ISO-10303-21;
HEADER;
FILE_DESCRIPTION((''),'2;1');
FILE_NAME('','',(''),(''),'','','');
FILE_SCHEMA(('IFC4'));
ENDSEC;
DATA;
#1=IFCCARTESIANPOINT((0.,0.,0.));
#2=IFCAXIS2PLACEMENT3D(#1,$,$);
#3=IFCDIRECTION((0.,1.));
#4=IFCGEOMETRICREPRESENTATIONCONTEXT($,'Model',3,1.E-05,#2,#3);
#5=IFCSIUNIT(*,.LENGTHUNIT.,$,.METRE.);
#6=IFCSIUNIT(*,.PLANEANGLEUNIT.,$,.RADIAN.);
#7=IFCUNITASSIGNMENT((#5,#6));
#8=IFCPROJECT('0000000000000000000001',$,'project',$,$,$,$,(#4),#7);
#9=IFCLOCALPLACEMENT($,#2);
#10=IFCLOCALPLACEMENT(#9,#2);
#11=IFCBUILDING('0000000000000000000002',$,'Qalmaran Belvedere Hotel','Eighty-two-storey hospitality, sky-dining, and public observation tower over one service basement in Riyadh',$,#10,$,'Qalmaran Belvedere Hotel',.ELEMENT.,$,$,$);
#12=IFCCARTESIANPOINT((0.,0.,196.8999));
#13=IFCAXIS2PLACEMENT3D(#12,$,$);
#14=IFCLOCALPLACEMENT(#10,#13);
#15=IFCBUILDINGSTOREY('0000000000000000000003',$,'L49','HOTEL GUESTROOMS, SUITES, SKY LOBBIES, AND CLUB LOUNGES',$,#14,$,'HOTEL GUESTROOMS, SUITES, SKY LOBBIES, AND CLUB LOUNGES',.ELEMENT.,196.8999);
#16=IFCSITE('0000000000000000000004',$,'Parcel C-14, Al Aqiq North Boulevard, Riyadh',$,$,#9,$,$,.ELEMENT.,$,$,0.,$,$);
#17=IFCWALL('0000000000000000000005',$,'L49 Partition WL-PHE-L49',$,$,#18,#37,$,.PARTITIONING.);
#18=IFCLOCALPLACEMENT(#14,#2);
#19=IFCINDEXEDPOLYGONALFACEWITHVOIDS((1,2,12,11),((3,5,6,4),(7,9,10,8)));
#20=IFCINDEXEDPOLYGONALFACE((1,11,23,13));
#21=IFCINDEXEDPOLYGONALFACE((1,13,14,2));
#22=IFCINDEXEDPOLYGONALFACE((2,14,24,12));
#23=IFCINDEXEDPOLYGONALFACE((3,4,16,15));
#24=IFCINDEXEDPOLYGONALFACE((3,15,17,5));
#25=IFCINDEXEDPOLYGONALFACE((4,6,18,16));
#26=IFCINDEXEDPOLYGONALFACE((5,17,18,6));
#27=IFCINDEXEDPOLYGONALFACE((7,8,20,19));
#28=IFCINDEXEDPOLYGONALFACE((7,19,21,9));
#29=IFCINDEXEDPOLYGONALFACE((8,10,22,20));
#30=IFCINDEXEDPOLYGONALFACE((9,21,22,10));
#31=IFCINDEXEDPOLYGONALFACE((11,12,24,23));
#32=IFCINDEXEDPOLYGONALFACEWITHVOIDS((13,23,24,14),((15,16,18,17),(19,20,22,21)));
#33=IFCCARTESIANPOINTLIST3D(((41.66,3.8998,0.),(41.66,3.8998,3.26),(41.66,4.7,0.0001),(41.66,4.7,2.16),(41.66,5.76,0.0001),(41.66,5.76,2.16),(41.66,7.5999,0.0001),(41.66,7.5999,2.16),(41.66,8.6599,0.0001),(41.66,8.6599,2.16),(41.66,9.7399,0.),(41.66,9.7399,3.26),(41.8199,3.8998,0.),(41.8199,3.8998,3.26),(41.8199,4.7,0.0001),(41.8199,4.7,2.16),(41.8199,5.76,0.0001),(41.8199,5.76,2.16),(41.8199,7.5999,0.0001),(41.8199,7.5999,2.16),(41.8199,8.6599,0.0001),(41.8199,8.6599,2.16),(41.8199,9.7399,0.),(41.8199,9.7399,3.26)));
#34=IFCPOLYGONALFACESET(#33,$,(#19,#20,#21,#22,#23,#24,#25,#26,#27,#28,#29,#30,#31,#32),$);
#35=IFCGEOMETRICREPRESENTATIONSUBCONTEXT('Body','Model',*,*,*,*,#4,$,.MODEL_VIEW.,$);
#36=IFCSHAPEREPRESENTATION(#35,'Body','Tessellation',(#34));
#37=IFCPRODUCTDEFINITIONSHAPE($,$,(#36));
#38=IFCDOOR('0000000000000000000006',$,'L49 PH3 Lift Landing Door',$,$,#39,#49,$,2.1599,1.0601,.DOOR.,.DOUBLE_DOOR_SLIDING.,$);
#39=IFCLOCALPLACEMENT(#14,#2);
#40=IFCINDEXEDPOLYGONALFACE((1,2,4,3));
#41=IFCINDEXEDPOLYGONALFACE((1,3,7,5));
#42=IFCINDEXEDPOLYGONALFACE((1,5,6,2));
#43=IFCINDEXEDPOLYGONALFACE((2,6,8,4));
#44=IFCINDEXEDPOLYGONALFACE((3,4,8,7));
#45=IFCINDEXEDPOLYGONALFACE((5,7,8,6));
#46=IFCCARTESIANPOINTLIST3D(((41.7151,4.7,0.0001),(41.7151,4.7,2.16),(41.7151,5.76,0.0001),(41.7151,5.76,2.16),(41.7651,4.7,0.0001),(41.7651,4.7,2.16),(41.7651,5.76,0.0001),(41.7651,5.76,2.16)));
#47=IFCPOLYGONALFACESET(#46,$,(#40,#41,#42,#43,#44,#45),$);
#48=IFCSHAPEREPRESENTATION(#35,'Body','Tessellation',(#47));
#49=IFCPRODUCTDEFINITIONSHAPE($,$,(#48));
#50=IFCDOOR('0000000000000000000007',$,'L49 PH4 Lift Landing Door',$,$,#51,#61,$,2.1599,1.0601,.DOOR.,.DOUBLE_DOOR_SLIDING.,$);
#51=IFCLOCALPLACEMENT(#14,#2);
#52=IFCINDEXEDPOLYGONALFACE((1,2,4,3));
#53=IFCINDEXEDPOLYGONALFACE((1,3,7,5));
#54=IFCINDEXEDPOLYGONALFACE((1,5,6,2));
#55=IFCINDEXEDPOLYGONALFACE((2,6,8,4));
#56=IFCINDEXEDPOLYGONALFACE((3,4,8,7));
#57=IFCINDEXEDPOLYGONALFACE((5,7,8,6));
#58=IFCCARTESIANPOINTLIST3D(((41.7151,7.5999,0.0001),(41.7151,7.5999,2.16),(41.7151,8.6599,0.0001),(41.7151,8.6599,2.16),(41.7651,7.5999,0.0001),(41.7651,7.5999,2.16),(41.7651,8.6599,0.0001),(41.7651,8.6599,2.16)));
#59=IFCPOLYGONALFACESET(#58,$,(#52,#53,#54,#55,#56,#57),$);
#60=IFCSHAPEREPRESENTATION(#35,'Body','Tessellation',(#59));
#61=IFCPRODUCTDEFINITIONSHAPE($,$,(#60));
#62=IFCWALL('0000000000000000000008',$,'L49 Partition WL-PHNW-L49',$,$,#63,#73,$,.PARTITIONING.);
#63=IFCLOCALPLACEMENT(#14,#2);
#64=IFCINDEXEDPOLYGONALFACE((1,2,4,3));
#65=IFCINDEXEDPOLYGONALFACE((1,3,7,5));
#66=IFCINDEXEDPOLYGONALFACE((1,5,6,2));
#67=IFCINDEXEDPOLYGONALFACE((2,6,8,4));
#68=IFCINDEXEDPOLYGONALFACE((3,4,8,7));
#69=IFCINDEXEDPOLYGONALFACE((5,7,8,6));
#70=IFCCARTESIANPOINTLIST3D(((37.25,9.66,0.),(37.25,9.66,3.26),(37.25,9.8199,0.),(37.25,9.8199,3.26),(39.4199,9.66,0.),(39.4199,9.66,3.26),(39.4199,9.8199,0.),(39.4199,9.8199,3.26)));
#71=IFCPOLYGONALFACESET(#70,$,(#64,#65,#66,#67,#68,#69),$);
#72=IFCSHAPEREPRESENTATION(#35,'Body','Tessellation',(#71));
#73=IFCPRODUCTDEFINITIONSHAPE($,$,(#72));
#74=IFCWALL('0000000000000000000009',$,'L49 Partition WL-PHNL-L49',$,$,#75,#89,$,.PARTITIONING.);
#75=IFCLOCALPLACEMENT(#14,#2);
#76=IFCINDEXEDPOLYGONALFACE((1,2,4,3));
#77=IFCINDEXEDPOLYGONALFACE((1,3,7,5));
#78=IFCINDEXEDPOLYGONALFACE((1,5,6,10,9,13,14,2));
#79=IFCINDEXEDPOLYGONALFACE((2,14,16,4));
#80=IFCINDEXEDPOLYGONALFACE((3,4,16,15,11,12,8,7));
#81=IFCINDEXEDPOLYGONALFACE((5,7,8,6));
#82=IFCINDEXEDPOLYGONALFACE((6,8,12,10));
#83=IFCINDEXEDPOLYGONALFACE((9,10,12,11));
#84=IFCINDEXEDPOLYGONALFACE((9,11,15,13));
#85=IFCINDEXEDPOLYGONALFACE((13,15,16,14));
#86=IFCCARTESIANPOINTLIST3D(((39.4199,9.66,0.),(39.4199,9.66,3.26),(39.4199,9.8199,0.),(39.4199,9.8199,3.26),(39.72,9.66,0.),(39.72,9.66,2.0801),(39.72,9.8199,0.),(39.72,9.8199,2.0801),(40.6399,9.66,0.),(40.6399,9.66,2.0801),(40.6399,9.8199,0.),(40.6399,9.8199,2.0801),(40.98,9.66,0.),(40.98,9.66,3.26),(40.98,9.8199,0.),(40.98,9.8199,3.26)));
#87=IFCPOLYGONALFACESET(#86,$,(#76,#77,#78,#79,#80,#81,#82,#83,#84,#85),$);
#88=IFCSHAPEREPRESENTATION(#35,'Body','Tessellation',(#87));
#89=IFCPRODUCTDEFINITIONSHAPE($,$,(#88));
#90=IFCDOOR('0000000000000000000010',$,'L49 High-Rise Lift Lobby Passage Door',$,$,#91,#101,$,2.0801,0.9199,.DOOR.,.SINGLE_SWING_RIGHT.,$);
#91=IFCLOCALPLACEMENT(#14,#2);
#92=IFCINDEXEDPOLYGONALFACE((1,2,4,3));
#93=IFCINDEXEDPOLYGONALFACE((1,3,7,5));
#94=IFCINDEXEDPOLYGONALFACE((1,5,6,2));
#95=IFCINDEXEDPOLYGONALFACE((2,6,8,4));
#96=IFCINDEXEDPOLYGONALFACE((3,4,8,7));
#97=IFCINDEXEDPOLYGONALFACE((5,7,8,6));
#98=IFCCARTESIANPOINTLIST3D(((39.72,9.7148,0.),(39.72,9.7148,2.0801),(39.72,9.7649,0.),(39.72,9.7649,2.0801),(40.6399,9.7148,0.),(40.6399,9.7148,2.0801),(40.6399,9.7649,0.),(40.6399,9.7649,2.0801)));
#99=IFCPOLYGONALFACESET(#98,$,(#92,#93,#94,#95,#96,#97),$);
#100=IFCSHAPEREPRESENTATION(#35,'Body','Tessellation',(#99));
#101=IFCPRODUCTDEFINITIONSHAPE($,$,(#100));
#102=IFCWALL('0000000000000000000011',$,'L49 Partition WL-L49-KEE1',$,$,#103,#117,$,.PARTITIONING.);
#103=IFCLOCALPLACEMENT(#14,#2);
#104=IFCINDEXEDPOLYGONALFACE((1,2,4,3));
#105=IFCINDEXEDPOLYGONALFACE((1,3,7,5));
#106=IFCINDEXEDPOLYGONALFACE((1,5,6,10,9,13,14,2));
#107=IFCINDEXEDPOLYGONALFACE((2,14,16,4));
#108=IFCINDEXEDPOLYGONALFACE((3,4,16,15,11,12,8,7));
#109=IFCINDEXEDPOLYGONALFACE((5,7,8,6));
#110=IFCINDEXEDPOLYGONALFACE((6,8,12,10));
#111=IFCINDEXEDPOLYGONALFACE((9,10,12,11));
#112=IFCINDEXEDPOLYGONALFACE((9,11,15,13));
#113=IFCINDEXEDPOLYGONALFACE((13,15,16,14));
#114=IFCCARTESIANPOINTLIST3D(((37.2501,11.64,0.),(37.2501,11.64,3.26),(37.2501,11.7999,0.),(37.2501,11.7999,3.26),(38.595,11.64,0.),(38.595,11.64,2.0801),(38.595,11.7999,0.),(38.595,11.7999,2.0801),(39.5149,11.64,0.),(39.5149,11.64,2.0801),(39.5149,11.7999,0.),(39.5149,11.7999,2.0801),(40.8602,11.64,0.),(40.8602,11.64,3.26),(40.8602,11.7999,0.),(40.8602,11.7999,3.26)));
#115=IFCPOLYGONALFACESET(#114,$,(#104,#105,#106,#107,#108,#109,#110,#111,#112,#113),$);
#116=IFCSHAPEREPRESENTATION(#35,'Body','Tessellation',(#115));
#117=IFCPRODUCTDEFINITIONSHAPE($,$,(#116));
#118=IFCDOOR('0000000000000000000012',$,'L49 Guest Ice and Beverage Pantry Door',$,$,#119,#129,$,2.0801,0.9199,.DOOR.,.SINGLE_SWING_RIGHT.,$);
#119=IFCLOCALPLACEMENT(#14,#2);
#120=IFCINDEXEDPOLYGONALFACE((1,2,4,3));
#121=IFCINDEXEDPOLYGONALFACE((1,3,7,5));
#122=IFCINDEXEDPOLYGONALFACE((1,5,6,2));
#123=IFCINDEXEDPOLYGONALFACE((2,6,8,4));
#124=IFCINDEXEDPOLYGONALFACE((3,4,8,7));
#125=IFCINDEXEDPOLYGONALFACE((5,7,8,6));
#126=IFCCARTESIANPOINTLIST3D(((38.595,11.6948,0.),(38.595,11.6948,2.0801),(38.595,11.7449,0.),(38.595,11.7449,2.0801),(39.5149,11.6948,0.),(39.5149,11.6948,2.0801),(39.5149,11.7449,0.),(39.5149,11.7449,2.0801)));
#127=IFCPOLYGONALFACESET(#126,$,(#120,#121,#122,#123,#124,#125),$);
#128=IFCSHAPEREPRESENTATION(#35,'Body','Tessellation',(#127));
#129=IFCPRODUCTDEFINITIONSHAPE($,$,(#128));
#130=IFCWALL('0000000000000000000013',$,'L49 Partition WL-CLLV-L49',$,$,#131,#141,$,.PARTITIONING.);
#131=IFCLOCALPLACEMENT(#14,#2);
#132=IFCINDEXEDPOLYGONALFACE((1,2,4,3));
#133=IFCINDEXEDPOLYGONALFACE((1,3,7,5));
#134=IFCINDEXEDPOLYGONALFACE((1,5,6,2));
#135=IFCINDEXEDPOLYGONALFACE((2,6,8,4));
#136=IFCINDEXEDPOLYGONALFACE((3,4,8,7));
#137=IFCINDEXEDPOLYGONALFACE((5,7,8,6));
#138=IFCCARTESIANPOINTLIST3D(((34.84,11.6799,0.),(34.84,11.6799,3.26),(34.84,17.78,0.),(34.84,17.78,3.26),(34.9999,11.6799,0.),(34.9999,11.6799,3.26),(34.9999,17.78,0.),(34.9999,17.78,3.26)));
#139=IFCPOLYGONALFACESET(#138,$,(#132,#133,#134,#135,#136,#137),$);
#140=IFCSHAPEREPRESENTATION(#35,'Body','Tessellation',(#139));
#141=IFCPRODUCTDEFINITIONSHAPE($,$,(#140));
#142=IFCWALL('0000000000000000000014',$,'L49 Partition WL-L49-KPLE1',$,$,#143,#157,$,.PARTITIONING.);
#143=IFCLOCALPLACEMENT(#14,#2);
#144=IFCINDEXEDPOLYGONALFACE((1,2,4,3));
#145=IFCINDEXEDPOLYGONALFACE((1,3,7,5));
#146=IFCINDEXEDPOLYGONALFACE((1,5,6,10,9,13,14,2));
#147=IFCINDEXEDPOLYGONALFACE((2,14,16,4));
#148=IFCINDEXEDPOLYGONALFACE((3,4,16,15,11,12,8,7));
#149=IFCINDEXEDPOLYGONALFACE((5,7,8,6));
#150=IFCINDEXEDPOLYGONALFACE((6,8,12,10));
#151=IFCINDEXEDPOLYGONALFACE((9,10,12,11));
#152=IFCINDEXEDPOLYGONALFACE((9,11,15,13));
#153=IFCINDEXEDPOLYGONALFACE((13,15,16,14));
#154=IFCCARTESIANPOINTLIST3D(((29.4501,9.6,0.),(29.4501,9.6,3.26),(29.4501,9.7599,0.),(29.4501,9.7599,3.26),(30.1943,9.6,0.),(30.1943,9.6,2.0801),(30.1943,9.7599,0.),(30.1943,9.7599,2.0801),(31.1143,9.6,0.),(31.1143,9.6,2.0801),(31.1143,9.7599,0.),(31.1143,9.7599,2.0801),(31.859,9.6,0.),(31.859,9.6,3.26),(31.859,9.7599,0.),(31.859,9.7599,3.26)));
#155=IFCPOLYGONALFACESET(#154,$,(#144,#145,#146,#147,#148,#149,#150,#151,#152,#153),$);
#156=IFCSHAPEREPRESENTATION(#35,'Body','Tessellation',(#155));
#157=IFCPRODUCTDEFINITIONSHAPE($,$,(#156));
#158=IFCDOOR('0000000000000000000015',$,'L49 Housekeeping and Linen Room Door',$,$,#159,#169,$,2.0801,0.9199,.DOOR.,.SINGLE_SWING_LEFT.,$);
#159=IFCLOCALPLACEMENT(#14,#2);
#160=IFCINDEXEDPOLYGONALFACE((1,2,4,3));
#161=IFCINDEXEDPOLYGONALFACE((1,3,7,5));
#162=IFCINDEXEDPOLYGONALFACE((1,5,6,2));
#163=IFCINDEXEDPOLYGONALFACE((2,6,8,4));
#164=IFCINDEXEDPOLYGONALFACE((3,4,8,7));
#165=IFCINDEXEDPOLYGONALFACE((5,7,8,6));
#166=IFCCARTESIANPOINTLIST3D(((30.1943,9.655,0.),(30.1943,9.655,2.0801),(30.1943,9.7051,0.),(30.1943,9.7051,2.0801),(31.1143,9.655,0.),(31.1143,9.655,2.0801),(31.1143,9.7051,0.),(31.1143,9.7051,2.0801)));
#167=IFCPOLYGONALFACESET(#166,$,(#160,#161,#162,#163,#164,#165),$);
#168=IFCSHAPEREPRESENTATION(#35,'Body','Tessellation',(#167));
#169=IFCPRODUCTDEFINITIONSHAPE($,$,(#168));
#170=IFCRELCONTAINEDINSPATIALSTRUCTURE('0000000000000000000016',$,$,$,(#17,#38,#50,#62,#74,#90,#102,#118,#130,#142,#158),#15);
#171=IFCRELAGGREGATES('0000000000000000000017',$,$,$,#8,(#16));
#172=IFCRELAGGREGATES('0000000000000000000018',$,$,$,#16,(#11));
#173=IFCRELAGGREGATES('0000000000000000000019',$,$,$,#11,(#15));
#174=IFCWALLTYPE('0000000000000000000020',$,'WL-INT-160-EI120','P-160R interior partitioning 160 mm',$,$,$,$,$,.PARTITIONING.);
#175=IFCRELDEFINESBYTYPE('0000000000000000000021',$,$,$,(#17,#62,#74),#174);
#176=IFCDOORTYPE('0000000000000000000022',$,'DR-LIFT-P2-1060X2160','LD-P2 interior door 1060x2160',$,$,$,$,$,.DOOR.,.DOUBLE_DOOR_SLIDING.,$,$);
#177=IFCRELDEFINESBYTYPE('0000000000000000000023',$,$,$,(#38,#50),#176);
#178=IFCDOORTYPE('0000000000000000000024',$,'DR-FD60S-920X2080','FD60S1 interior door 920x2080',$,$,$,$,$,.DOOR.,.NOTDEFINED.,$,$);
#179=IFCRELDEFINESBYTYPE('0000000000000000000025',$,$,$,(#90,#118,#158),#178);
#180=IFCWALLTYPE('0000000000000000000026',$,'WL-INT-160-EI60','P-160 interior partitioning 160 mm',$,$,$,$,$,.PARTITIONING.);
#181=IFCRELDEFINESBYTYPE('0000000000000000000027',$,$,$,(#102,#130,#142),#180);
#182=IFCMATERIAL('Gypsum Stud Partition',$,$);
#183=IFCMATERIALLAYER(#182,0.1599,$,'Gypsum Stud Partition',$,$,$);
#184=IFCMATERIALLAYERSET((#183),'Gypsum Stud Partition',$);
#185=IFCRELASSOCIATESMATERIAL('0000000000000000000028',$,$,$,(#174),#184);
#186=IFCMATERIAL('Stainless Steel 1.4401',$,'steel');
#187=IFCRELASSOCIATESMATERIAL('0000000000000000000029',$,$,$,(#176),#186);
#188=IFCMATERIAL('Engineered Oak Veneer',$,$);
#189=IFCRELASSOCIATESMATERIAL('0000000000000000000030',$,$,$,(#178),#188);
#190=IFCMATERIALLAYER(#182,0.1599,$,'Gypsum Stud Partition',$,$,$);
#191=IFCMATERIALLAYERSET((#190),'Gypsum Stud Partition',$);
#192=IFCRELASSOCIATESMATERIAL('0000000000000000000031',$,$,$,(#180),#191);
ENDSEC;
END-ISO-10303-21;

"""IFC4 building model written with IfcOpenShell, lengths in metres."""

from ifc_helpers import new_model, si_unit, direction, frame, frame_2d, origin, place, context, subcontext, project, spatial, rectangle, extrude, material, layer, layer_set, type_object, element, fill, save


model = new_model("IFC4")

# Units and contexts
model_context = context("Model", 3, precision=1e-05, world=origin(), true_north=direction((0.0, 1.0)))
body_context = subcontext(model_context, "Body", "Model", "MODEL_VIEW")
ifc_project = project(units=[si_unit("LENGTHUNIT", "METRE"), si_unit("PLANEANGLEUNIT", "RADIAN")], contexts=[model_context])

# Site, building, storey
site_placement = place(None, origin())
site = spatial("IfcSite", under=ifc_project, at=site_placement, Name="Parcel C-14, Al Aqiq North Boulevard, Riyadh", CompositionType="ELEMENT", RefElevation=0.0)
building_placement = place(site_placement, origin())
building = spatial("IfcBuilding", under=site, at=building_placement, Name="Qalmaran Belvedere Hotel", Description="Eighty-two-storey hospitality, sky-dining, and public observation tower over one service basement in Riyadh", LongName="Qalmaran Belvedere Hotel", CompositionType="ELEMENT")
storey_placement = place(building_placement, frame((0.0, 0.0, 196.8999)))
storey = spatial("IfcBuildingStorey", under=building, at=storey_placement, Name="L49", Description="HOTEL GUESTROOMS, SUITES, SKY LOBBIES, AND CLUB LOUNGES", LongName="HOTEL GUESTROOMS, SUITES, SKY LOBBIES, AND CLUB LOUNGES", CompositionType="ELEMENT", Elevation=196.8999)

# Shared definitions
ifc_material_1 = material(Name="Gypsum Stud Partition")

# Wall, openings, doors
ifc_layer_1 = layer(ifc_material_1, 0.1599, Name="Gypsum Stud Partition")
ifc_layer_set_1 = layer_set([ifc_layer_1], Name="Gypsum Stud Partition")
wall_type_1 = type_object("IfcWallType", Name="WL-INT-160-EI120", Description="P-160R interior partitioning 160 mm", PredefinedType="PARTITIONING", material=ifc_layer_set_1)
ifc_material_2 = material(Name="Stainless Steel 1.4401", Category="steel")
door_type_1 = type_object("IfcDoorType", Name="DR-LIFT-P2-1060X2160", Description="LD-P2 interior door 1060x2160", OperationType="DOUBLE_DOOR_SLIDING", PredefinedType="DOOR", material=ifc_material_2)
wall_1_placement = place(storey_placement, frame((41.74, 3.8999, 0.0), z_axis=(0.0, 0.0, 1.0), x_axis=(0.0, 1.0, 0.0)))
wall_1 = element("IfcWall", 1, at=wall_1_placement, inside=storey, type_object=wall_type_1, Name="L49 Partition WL-PHE-L49", PredefinedType="PARTITIONING", context=body_context, shape_type="SweptSolid", body=[
    extrude(rectangle(XDim=5.8401, YDim=0.1599, at=frame_2d((2.9199, 0.0))), origin(), (0.0, 0.0, 1.0), 3.26),
])
opening_1_placement = place(wall_1_placement, frame((0.8, 0.0, 0.0)))
opening_1 = element("IfcOpeningElement", 2, at=opening_1_placement, cuts=wall_1, PredefinedType="OPENING", context=body_context, shape_type="SweptSolid", body=[
    extrude(rectangle(XDim=1.0601, YDim=2.1599, at=frame_2d((0.53, 1.0801))), frame((0.0, 0.0898, 0.0), z_axis=(0.0, -1.0, 0.0), x_axis=(1.0, 0.0, 0.0)), (0.0, 0.0, 1.0), 0.1799),
])
opening_2_placement = place(wall_1_placement, frame((3.7, 0.0, 0.0)))
opening_2 = element("IfcOpeningElement", 3, at=opening_2_placement, cuts=wall_1, PredefinedType="OPENING", context=body_context, shape_type="SweptSolid", body=[
    extrude(rectangle(XDim=1.0601, YDim=2.1599, at=frame_2d((0.53, 1.0801))), frame((0.0, 0.0898, 0.0), z_axis=(0.0, -1.0, 0.0), x_axis=(1.0, 0.0, 0.0)), (0.0, 0.0, 1.0), 0.1799),
])
door_1_placement = place(opening_1_placement, origin())
door_1 = element("IfcDoor", 4, at=door_1_placement, inside=storey, type_object=door_type_1, Name="L49 PH3 Lift Landing Door", OperationType="DOUBLE_DOOR_SLIDING", OverallHeight=2.1599, OverallWidth=1.0601, PredefinedType="DOOR", context=body_context, shape_type="SweptSolid", body=[
    extrude(rectangle(XDim=1.0601, YDim=2.1599, at=frame_2d((0.53, 1.0801))), frame((0.0, 0.0249, 0.0), z_axis=(0.0, -1.0, 0.0), x_axis=(1.0, 0.0, 0.0)), (0.0, 0.0, 1.0), 0.05),
])
fill(opening_1, door_1)
door_2_placement = place(opening_2_placement, origin())
door_2 = element("IfcDoor", 5, at=door_2_placement, inside=storey, type_object=door_type_1, Name="L49 PH4 Lift Landing Door", OperationType="DOUBLE_DOOR_SLIDING", OverallHeight=2.1599, OverallWidth=1.0601, PredefinedType="DOOR", context=body_context, shape_type="SweptSolid", body=[
    extrude(rectangle(XDim=1.0601, YDim=2.1599, at=frame_2d((0.53, 1.0801))), frame((0.0, 0.0249, 0.0), z_axis=(0.0, -1.0, 0.0), x_axis=(1.0, 0.0, 0.0)), (0.0, 0.0, 1.0), 0.05),
])
fill(opening_2, door_2)

# Wall
wall_2_placement = place(storey_placement, frame((37.25, 9.74, 0.0), z_axis=(0.0, 0.0, 1.0), x_axis=(1.0, 0.0, 0.0)))
element("IfcWall", 6, at=wall_2_placement, inside=storey, type_object=wall_type_1, Name="L49 Partition WL-PHNW-L49", PredefinedType="PARTITIONING", context=body_context, shape_type="SweptSolid", body=[
    extrude(rectangle(XDim=2.1699, YDim=0.1599, at=frame_2d((1.085, 0.0))), origin(), (0.0, 0.0, 1.0), 3.26),
])

# Walls, openings, doors
wall_3_placement = place(storey_placement, frame((39.4199, 9.74, 0.0), z_axis=(0.0, 0.0, 1.0), x_axis=(1.0, 0.0, 0.0)))
wall_3 = element("IfcWall", 7, at=wall_3_placement, inside=storey, type_object=wall_type_1, Name="L49 Partition WL-PHNL-L49", PredefinedType="PARTITIONING", context=body_context, shape_type="SweptSolid", body=[
    extrude(rectangle(XDim=1.5601, YDim=0.1599, at=frame_2d((0.78, 0.0))), origin(), (0.0, 0.0, 1.0), 3.26),
])
opening_3_placement = place(wall_3_placement, frame((0.3, 0.0, 0.0)))
opening_3 = element("IfcOpeningElement", 8, at=opening_3_placement, cuts=wall_3, PredefinedType="OPENING", context=body_context, shape_type="SweptSolid", body=[
    extrude(rectangle(XDim=0.9199, YDim=2.0801, at=frame_2d((0.46, 1.04))), frame((0.0, 0.0898, 0.0), z_axis=(0.0, -1.0, 0.0), x_axis=(1.0, 0.0, 0.0)), (0.0, 0.0, 1.0), 0.1799),
])
ifc_material_3 = material(Name="Engineered Oak Veneer")
door_type_2 = type_object("IfcDoorType", Name="DR-FD60S-920X2080", Description="FD60S1 interior door 920x2080", OperationType="NOTDEFINED", PredefinedType="DOOR", material=ifc_material_3)
door_3_placement = place(opening_3_placement, origin())
door_3 = element("IfcDoor", 9, at=door_3_placement, inside=storey, type_object=door_type_2, Name="L49 High-Rise Lift Lobby Passage Door", OperationType="SINGLE_SWING_RIGHT", OverallHeight=2.0801, OverallWidth=0.9199, PredefinedType="DOOR", context=body_context, shape_type="SweptSolid", body=[
    extrude(rectangle(XDim=0.9199, YDim=2.0801, at=frame_2d((0.46, 1.04))), frame((0.0, 0.0249, 0.0), z_axis=(0.0, -1.0, 0.0), x_axis=(1.0, 0.0, 0.0)), (0.0, 0.0, 1.0), 0.05),
])
fill(opening_3, door_3)
ifc_layer_2 = layer(ifc_material_1, 0.1599, Name="Gypsum Stud Partition")
ifc_layer_set_2 = layer_set([ifc_layer_2], Name="Gypsum Stud Partition")
wall_type_2 = type_object("IfcWallType", Name="WL-INT-160-EI60", Description="P-160 interior partitioning 160 mm", PredefinedType="PARTITIONING", material=ifc_layer_set_2)
wall_4_placement = place(storey_placement, frame((37.25, 11.72, 0.0), z_axis=(0.0, 0.0, 1.0), x_axis=(1.0, 0.0, 0.0)))
wall_4 = element("IfcWall", 10, at=wall_4_placement, inside=storey, type_object=wall_type_2, Name="L49 Partition WL-L49-KEE1", PredefinedType="PARTITIONING", context=body_context, shape_type="SweptSolid", body=[
    extrude(rectangle(XDim=3.6101, YDim=0.1599, at=frame_2d((1.8052, 0.0))), origin(), (0.0, 0.0, 1.0), 3.26),
])
opening_4_placement = place(wall_4_placement, frame((1.345, 0.0, 0.0)))
opening_4 = element("IfcOpeningElement", 11, at=opening_4_placement, cuts=wall_4, PredefinedType="OPENING", context=body_context, shape_type="SweptSolid", body=[
    extrude(rectangle(XDim=0.9199, YDim=2.0801, at=frame_2d((0.46, 1.04))), frame((0.0, 0.0898, 0.0), z_axis=(0.0, -1.0, 0.0), x_axis=(1.0, 0.0, 0.0)), (0.0, 0.0, 1.0), 0.1799),
])
door_4_placement = place(opening_4_placement, origin())
door_4 = element("IfcDoor", 12, at=door_4_placement, inside=storey, type_object=door_type_2, Name="L49 Guest Ice and Beverage Pantry Door", OperationType="SINGLE_SWING_RIGHT", OverallHeight=2.0801, OverallWidth=0.9199, PredefinedType="DOOR", context=body_context, shape_type="SweptSolid", body=[
    extrude(rectangle(XDim=0.9199, YDim=2.0801, at=frame_2d((0.46, 1.04))), frame((0.0, 0.0249, 0.0), z_axis=(0.0, -1.0, 0.0), x_axis=(1.0, 0.0, 0.0)), (0.0, 0.0, 1.0), 0.05),
])
fill(opening_4, door_4)

# Wall
wall_5_placement = place(storey_placement, frame((34.9199, 11.6799, 0.0), z_axis=(0.0, 0.0, 1.0), x_axis=(0.0, 1.0, 0.0)))
element("IfcWall", 13, at=wall_5_placement, inside=storey, type_object=wall_type_2, Name="L49 Partition WL-CLLV-L49", PredefinedType="PARTITIONING", context=body_context, shape_type="SweptSolid", body=[
    extrude(rectangle(XDim=6.1001, YDim=0.1599, at=frame_2d((3.05, 0.0))), origin(), (0.0, 0.0, 1.0), 3.26),
])

# Wall, opening, door
wall_6_placement = place(storey_placement, frame((29.45, 9.6799, 0.0), z_axis=(0.0, 0.0, 1.0), x_axis=(1.0, 0.0, 0.0)))
wall_6 = element("IfcWall", 14, at=wall_6_placement, inside=storey, type_object=wall_type_2, Name="L49 Partition WL-L49-KPLE1", PredefinedType="PARTITIONING", context=body_context, shape_type="SweptSolid", body=[
    extrude(rectangle(XDim=2.4089, YDim=0.1599, at=frame_2d((1.2046, 0.0))), origin(), (0.0, 0.0, 1.0), 3.26),
])
opening_5_placement = place(wall_6_placement, frame((1.6643, 0.0, 0.0), z_axis=(0.0, 0.0, 1.0), x_axis=(-1.0, 0.0, 0.0)))
opening_5 = element("IfcOpeningElement", 15, at=opening_5_placement, cuts=wall_6, PredefinedType="OPENING", context=body_context, shape_type="SweptSolid", body=[
    extrude(rectangle(XDim=0.9199, YDim=2.0801, at=frame_2d((0.46, 1.04))), frame((0.0, 0.0898, 0.0), z_axis=(0.0, -1.0, 0.0), x_axis=(1.0, 0.0, 0.0)), (0.0, 0.0, 1.0), 0.1799),
])
door_5_placement = place(opening_5_placement, origin())
door_5 = element("IfcDoor", 16, at=door_5_placement, inside=storey, type_object=door_type_2, Name="L49 Housekeeping and Linen Room Door", OperationType="SINGLE_SWING_LEFT", OverallHeight=2.0801, OverallWidth=0.9199, PredefinedType="DOOR", context=body_context, shape_type="SweptSolid", body=[
    extrude(rectangle(XDim=0.9199, YDim=2.0801, at=frame_2d((0.46, 1.04))), frame((0.0, 0.0249, 0.0), z_axis=(0.0, -1.0, 0.0), x_axis=(1.0, 0.0, 0.0)), (0.0, 0.0, 1.0), 0.05),
])
fill(opening_5, door_5)

save(model, "model.ifc")
